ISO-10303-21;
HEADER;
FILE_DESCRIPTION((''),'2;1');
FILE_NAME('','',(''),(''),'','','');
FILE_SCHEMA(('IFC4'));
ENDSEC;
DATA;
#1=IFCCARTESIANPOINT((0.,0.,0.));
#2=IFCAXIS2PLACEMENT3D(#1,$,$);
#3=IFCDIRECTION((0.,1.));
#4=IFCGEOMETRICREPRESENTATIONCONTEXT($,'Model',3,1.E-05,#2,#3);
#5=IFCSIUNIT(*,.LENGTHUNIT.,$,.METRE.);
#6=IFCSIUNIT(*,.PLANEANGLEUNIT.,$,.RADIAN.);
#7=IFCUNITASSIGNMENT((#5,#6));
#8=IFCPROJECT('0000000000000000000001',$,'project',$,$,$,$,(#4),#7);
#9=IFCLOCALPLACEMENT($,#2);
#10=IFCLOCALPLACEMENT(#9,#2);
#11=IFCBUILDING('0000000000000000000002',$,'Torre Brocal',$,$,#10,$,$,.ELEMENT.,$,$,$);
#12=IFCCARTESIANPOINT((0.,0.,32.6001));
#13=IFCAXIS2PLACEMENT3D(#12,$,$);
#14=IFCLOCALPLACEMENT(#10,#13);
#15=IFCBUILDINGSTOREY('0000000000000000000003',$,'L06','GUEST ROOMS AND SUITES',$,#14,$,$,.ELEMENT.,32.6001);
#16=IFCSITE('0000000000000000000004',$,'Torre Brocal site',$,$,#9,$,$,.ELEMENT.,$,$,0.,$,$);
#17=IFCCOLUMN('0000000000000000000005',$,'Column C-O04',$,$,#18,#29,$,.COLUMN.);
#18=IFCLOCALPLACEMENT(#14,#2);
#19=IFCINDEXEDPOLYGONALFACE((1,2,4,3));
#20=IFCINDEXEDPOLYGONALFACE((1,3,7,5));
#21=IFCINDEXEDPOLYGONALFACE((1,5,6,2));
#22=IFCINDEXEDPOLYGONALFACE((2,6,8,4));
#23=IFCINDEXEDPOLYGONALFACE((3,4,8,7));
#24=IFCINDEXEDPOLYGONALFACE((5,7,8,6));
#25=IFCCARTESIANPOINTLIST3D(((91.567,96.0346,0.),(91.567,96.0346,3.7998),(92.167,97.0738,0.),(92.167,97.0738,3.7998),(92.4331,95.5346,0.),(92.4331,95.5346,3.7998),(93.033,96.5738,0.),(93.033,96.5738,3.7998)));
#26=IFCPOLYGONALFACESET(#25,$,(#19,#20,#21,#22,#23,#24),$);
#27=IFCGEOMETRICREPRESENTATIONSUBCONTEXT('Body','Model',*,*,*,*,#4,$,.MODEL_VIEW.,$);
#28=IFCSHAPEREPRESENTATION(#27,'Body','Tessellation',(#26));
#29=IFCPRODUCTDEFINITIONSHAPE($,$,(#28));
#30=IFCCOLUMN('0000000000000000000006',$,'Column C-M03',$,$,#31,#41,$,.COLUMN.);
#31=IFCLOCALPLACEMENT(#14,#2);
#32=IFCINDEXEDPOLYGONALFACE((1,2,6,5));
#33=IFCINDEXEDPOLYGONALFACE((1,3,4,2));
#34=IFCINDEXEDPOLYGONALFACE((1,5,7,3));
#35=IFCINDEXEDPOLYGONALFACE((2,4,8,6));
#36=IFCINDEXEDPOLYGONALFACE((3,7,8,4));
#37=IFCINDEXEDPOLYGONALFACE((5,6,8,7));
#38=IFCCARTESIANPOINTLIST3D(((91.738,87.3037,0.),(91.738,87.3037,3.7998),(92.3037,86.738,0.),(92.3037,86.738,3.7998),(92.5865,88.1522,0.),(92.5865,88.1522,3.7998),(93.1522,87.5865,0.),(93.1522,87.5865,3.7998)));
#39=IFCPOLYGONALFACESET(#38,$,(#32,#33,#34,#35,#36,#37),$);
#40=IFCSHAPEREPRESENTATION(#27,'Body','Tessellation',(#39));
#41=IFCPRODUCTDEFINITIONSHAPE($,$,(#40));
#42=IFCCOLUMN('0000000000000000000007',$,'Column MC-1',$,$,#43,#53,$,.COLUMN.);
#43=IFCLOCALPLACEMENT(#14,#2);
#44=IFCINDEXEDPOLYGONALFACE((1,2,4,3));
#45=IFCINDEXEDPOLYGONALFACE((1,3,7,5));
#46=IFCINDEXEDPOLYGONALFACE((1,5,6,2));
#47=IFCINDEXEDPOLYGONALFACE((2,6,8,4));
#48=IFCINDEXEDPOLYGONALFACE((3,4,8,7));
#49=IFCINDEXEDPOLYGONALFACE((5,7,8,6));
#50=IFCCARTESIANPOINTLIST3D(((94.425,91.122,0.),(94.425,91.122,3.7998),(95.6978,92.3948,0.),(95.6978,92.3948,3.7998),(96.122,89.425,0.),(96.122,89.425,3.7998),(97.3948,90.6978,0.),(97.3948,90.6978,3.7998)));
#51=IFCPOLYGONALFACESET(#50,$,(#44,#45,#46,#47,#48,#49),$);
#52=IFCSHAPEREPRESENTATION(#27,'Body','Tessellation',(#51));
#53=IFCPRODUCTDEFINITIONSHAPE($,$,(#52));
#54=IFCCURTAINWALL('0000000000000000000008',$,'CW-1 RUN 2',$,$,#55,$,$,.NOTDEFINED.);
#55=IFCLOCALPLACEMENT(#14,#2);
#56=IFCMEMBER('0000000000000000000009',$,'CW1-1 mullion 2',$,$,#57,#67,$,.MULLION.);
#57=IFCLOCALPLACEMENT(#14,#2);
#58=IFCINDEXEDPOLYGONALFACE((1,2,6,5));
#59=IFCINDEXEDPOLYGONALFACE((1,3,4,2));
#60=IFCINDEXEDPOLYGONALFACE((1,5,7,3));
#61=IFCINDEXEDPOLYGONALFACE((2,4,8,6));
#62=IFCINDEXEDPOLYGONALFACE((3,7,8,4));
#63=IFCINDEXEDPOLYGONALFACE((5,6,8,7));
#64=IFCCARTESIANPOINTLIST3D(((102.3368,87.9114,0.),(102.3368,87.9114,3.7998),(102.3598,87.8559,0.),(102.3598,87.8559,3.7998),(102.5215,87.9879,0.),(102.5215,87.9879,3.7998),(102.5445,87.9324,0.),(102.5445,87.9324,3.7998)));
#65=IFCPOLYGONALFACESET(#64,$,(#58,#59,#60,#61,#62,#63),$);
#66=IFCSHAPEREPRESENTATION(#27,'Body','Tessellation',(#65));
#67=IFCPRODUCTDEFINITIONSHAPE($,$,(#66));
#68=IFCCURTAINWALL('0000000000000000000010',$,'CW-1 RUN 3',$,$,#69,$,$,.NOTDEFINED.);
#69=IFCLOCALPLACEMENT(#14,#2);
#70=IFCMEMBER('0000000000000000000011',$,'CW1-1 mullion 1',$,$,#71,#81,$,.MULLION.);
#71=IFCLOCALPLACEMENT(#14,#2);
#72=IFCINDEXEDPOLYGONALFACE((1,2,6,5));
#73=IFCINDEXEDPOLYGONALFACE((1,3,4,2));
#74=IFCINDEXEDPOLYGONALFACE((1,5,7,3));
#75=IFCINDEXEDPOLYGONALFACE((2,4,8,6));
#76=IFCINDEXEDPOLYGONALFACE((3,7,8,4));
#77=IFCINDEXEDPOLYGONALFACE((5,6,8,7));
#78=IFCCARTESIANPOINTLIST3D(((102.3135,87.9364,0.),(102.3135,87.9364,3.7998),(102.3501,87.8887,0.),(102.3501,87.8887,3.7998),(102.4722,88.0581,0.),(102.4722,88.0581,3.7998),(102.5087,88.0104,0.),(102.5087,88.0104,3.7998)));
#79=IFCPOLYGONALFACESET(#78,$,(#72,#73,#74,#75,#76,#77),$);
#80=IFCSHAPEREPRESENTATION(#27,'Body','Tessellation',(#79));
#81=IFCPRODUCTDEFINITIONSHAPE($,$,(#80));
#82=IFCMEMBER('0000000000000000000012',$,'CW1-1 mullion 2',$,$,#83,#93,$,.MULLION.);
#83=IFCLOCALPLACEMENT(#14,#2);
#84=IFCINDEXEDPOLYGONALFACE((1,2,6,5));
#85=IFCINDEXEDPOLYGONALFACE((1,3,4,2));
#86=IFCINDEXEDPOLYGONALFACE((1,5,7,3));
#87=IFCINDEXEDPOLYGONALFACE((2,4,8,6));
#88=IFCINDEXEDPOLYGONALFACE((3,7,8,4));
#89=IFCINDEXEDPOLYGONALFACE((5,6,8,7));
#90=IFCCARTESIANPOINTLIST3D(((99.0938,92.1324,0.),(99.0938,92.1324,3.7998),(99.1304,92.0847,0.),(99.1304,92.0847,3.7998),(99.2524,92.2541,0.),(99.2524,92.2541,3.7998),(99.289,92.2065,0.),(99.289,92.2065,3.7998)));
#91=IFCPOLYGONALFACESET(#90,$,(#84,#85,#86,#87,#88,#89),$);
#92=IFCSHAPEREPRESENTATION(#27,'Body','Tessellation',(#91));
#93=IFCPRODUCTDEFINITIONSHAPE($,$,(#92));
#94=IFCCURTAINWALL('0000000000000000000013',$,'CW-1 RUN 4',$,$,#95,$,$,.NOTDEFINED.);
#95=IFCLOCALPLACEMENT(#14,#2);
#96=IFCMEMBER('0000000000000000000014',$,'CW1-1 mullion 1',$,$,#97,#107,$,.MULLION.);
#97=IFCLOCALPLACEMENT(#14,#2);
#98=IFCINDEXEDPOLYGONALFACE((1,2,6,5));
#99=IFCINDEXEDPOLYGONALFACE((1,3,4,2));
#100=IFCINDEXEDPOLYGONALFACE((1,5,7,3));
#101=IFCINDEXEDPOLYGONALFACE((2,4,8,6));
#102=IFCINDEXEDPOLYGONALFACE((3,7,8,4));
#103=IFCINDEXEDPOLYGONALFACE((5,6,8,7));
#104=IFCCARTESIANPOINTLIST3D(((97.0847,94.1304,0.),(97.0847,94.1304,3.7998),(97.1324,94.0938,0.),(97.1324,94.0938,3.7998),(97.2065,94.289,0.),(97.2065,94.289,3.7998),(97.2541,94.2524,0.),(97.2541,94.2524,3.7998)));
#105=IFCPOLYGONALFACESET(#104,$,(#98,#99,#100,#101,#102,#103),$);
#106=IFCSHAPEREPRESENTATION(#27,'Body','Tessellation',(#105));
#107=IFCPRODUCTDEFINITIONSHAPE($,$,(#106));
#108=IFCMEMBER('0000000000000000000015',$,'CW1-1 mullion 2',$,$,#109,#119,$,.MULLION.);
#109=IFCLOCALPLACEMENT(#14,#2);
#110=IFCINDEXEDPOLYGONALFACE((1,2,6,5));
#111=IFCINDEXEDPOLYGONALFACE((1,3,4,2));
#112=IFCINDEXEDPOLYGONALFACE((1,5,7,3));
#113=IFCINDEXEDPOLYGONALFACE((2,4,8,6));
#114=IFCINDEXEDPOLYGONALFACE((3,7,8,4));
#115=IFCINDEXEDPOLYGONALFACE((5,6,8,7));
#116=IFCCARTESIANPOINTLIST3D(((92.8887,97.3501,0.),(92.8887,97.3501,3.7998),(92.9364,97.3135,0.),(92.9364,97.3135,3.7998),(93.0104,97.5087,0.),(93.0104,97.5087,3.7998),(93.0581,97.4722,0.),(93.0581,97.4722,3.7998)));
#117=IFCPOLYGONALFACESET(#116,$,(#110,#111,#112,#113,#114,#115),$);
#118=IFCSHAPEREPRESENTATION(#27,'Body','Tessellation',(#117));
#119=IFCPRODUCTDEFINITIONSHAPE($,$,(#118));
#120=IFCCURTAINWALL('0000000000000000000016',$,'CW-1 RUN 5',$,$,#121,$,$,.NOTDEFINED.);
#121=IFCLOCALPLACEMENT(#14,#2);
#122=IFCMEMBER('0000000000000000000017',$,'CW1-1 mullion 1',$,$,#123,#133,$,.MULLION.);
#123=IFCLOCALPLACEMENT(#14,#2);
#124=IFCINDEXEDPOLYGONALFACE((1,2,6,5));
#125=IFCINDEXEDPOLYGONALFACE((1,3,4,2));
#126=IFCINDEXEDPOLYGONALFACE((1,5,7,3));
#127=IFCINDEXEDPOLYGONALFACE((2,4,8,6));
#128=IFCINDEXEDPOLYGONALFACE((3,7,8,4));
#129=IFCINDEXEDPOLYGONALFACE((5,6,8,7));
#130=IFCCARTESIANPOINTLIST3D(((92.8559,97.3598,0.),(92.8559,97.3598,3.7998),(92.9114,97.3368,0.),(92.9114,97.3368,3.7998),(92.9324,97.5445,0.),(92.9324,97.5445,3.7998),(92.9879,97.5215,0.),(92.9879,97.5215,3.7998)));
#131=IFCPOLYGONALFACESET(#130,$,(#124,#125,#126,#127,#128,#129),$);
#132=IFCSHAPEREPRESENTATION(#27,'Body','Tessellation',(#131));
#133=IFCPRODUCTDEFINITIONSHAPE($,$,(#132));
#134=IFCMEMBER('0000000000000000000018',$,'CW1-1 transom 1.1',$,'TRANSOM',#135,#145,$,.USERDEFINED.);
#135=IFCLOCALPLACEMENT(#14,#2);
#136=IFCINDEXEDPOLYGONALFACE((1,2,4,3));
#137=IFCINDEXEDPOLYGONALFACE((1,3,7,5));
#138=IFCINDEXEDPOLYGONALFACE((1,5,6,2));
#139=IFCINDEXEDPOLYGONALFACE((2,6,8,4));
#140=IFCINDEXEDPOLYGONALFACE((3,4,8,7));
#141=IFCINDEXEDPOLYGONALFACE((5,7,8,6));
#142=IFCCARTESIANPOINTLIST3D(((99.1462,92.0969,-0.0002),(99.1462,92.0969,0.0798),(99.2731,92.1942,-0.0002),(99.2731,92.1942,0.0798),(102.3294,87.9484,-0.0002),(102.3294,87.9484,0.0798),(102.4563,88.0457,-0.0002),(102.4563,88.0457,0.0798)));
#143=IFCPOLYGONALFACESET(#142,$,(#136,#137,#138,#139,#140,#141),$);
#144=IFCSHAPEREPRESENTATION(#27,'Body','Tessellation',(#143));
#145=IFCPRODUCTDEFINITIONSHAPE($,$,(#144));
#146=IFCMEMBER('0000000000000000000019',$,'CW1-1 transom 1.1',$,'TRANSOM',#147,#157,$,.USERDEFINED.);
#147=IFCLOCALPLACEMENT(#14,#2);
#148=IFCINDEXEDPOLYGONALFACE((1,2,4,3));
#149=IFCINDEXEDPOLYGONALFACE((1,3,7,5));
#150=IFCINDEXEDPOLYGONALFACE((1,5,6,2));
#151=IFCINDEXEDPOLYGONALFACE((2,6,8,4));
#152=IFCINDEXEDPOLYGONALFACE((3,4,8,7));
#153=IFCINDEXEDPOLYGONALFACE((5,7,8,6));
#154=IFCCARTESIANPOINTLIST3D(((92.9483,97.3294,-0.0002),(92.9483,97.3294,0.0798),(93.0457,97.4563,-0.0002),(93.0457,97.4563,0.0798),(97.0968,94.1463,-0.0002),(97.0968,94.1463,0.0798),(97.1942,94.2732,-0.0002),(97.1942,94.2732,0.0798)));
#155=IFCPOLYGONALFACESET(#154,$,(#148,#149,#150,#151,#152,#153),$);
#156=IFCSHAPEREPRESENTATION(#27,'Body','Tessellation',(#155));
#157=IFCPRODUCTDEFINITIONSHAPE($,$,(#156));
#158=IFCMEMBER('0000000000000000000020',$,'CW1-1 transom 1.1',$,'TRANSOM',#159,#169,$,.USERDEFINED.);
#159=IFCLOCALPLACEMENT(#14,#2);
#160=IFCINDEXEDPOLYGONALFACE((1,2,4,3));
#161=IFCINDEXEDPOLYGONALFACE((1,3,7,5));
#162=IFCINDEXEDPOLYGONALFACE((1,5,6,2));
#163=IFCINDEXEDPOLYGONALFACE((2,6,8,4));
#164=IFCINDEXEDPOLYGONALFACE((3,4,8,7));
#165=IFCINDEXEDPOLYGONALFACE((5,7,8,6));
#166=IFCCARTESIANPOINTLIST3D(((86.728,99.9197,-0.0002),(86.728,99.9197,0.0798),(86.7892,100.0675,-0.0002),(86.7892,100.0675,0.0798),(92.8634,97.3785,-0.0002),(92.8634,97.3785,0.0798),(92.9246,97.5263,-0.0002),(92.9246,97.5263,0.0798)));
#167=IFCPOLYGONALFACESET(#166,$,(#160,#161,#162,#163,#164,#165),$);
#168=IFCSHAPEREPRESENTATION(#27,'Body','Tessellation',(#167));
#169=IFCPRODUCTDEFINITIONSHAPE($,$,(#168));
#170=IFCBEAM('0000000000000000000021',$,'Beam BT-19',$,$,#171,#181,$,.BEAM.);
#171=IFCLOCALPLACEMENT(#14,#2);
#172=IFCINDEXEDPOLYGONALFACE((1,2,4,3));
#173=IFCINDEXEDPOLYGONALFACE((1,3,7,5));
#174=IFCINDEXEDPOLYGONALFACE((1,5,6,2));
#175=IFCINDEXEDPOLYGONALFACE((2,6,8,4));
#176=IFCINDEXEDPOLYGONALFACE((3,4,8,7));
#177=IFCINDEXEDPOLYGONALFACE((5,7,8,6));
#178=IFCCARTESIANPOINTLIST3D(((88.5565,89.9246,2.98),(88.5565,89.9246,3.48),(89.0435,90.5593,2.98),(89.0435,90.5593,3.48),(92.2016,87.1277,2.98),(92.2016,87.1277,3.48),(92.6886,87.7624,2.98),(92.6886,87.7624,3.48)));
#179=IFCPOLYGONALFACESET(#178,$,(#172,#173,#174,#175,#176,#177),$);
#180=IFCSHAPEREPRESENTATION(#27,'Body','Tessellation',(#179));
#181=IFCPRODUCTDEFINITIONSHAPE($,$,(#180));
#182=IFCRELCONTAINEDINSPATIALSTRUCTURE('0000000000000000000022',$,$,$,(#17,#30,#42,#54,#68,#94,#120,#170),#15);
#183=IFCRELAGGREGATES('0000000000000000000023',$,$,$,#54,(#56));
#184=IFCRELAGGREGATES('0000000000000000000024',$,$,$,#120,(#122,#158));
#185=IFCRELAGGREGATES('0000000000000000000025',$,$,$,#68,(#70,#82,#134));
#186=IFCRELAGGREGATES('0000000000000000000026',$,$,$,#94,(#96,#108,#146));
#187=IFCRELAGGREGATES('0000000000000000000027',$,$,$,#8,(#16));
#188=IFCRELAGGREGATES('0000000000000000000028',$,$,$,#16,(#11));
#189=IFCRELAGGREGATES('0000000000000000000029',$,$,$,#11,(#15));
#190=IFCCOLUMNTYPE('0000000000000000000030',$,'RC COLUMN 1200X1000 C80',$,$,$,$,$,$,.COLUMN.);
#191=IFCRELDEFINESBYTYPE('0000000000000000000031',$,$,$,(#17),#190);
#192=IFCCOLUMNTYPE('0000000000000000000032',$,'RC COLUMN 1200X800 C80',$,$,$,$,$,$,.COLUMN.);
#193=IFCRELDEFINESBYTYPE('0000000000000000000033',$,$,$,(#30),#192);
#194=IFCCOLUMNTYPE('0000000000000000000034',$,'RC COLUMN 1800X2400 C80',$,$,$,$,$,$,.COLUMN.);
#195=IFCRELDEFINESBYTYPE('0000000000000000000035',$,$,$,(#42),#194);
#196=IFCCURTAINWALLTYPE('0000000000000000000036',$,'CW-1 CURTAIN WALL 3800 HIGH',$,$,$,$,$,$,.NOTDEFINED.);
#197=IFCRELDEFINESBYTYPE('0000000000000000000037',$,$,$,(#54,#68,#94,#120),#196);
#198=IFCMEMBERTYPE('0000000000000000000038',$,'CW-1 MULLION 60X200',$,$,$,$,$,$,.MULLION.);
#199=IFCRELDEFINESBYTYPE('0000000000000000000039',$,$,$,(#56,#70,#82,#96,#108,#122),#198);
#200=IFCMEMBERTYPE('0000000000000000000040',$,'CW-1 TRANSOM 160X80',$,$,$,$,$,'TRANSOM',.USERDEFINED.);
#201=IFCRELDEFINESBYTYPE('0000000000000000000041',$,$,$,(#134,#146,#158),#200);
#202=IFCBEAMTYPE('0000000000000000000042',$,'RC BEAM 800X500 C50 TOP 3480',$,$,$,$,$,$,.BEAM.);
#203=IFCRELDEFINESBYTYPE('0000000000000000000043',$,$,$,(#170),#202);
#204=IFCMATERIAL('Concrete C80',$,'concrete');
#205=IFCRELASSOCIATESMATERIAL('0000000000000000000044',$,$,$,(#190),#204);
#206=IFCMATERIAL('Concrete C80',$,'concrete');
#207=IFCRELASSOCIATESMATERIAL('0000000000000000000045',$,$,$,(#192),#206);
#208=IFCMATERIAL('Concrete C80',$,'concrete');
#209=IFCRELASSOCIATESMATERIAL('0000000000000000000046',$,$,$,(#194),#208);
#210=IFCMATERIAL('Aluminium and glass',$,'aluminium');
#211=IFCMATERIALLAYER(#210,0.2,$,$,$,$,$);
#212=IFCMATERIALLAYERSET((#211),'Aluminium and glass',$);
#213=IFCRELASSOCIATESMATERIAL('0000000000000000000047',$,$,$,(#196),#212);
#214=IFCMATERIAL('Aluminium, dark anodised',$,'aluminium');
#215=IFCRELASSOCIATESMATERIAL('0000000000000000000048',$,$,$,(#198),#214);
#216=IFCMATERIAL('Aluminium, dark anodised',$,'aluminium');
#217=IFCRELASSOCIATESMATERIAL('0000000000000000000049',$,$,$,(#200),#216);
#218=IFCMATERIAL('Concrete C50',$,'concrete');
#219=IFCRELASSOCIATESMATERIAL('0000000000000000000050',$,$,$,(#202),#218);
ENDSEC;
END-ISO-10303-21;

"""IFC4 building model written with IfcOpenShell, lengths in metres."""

from ifc_helpers import new_model, si_unit, direction, frame, origin, origin_2d, place, context, subcontext, project, spatial, rectangle, extrude, material, layer, layer_set, material_profile, profile_set, type_object, element, aggregate, save


model = new_model("IFC4")

# Units and contexts
model_context = context("Model", 3, precision=1e-05, world=origin(), true_north=direction((0.0, 1.0)))
body_context = subcontext(model_context, "Body", "Model", "MODEL_VIEW")
ifc_project = project(units=[si_unit("LENGTHUNIT", "METRE"), si_unit("PLANEANGLEUNIT", "RADIAN")], contexts=[model_context])

# Site, building, storey
site_placement = place(None, origin())
site = spatial("IfcSite", under=ifc_project, at=site_placement, Name="Torre Brocal site", CompositionType="ELEMENT", RefElevation=0.0)
building_placement = place(site_placement, origin())
building = spatial("IfcBuilding", under=site, at=building_placement, Name="Torre Brocal", CompositionType="ELEMENT")
storey_placement = place(building_placement, frame((0.0, 0.0, 32.6001)))
storey = spatial("IfcBuildingStorey", under=building, at=storey_placement, Name="L06", Description="GUEST ROOMS AND SUITES", CompositionType="ELEMENT", Elevation=32.6001)

# Columns
ifc_material_1 = material(Name="Concrete C80", Category="concrete")
ifc_material_profile_1 = material_profile(ifc_material_1, rectangle(XDim=1.2, YDim=1.0, at=origin_2d()), Name="RC 1200X1000")
ifc_profile_set_1 = profile_set([ifc_material_profile_1], Name="Concrete C80")
column_type_1 = type_object("IfcColumnType", Name="RC COLUMN 1200X1000 C80", PredefinedType="COLUMN", material=ifc_profile_set_1)
column_1_placement = place(storey_placement, frame((92.3, 96.3042, 0.0), z_axis=(0.0, 0.0, 1.0), x_axis=(0.5, 0.866025, 0.0)))
element("IfcColumn", 1, at=column_1_placement, inside=storey, type_object=column_type_1, Name="Column C-O04", PredefinedType="COLUMN", context=body_context, shape_type="SweptSolid", body=[
    extrude(rectangle(XDim=1.2, YDim=1.0, at=origin_2d()), origin(), (0.0, 0.0, 1.0), 3.7998),
])
ifc_material_2 = material(Name="Concrete C80", Category="concrete")
ifc_material_profile_2 = material_profile(ifc_material_2, rectangle(XDim=1.2, YDim=0.8, at=origin_2d()), Name="RC 1200X800")
ifc_profile_set_2 = profile_set([ifc_material_profile_2], Name="Concrete C80")
column_type_2 = type_object("IfcColumnType", Name="RC COLUMN 1200X800 C80", PredefinedType="COLUMN", material=ifc_profile_set_2)
column_2_placement = place(storey_placement, frame((92.4451, 87.4451, 0.0), z_axis=(0.0, 0.0, 1.0), x_axis=(0.707107, 0.707107, 0.0)))
element("IfcColumn", 2, at=column_2_placement, inside=storey, type_object=column_type_2, Name="Column C-M03", PredefinedType="COLUMN", context=body_context, shape_type="SweptSolid", body=[
    extrude(rectangle(XDim=1.2, YDim=0.8, at=origin_2d()), origin(), (0.0, 0.0, 1.0), 3.7998),
])
ifc_material_3 = material(Name="Concrete C80", Category="concrete")
ifc_material_profile_3 = material_profile(ifc_material_3, rectangle(XDim=1.8, YDim=2.3999, at=origin_2d()), Name="RC 1800X2400")
ifc_profile_set_3 = profile_set([ifc_material_profile_3], Name="Concrete C80")
column_type_3 = type_object("IfcColumnType", Name="RC COLUMN 1800X2400 C80", PredefinedType="COLUMN", material=ifc_profile_set_3)
column_3_placement = place(storey_placement, frame((95.9099, 90.9099, 0.0), z_axis=(0.0, 0.0, 1.0), x_axis=(0.707107, 0.707107, 0.0)))
element("IfcColumn", 3, at=column_3_placement, inside=storey, type_object=column_type_3, Name="Column MC-1", PredefinedType="COLUMN", context=body_context, shape_type="SweptSolid", body=[
    extrude(rectangle(XDim=1.8, YDim=2.3999, at=origin_2d()), origin(), (0.0, 0.0, 1.0), 3.7998),
])

# Curtain wall, member
ifc_material_4 = material(Name="Aluminium and glass", Category="aluminium")
ifc_layer_1 = layer(ifc_material_4, 0.2)
ifc_layer_set_1 = layer_set([ifc_layer_1], Name="Aluminium and glass")
curtain_wall_type = type_object("IfcCurtainWallType", Name="CW-1 CURTAIN WALL 3800 HIGH", PredefinedType="NOTDEFINED", material=ifc_layer_set_1)
curtain_wall_1_placement = place(storey_placement, origin())
curtain_wall_1 = element("IfcCurtainWall", 4, at=curtain_wall_1_placement, inside=storey, type_object=curtain_wall_type, Name="CW-1 RUN 2", PredefinedType="NOTDEFINED")
ifc_material_5 = material(Name="Aluminium, dark anodised", Category="aluminium")
ifc_material_profile_4 = material_profile(ifc_material_5, rectangle(XDim=0.2, YDim=0.0601, at=origin_2d()), Name="CW-1 MULLION 60X200")
ifc_profile_set_4 = profile_set([ifc_material_profile_4], Name="Aluminium, dark anodised")
member_type_1 = type_object("IfcMemberType", Name="CW-1 MULLION 60X200", PredefinedType="MULLION", material=ifc_profile_set_4)
member_1_placement = place(storey_placement, frame((102.4407, 87.9219, 0.0), z_axis=(0.0, 0.0, 1.0), x_axis=(-0.92388, -0.382683, 0.0)))
member_1 = element("IfcMember", 5, at=member_1_placement, type_object=member_type_1, Name="CW1-1 mullion 2", PredefinedType="MULLION", context=body_context, shape_type="SweptSolid", body=[
    extrude(rectangle(XDim=0.2, YDim=0.0601, at=origin_2d()), origin(), (0.0, 0.0, 1.0), 3.7998),
])
aggregate(curtain_wall_1, [member_1])

# Curtain walls, members
curtain_wall_2_placement = place(storey_placement, origin())
curtain_wall_2 = element("IfcCurtainWall", 6, at=curtain_wall_2_placement, inside=storey, type_object=curtain_wall_type, Name="CW-1 RUN 3", PredefinedType="NOTDEFINED")
member_2_placement = place(storey_placement, frame((102.4111, 87.9734, 0.0), z_axis=(0.0, 0.0, 1.0), x_axis=(-0.793353, -0.608761, 0.0)))
member_2 = element("IfcMember", 7, at=member_2_placement, type_object=member_type_1, Name="CW1-1 mullion 1", PredefinedType="MULLION", context=body_context, shape_type="SweptSolid", body=[
    extrude(rectangle(XDim=0.2, YDim=0.0601, at=origin_2d()), origin(), (0.0, 0.0, 1.0), 3.7998),
])
member_3_placement = place(storey_placement, frame((99.1914, 92.1694, 0.0), z_axis=(0.0, 0.0, 1.0), x_axis=(-0.793353, -0.608761, 0.0)))
member_3 = element("IfcMember", 8, at=member_3_placement, type_object=member_type_1, Name="CW1-1 mullion 2", PredefinedType="MULLION", context=body_context, shape_type="SweptSolid", body=[
    extrude(rectangle(XDim=0.2, YDim=0.0601, at=origin_2d()), origin(), (0.0, 0.0, 1.0), 3.7998),
])
curtain_wall_3_placement = place(storey_placement, origin())
curtain_wall_3 = element("IfcCurtainWall", 9, at=curtain_wall_3_placement, inside=storey, type_object=curtain_wall_type, Name="CW-1 RUN 4", PredefinedType="NOTDEFINED")
member_4_placement = place(storey_placement, frame((97.1694, 94.1914, 0.0), z_axis=(0.0, 0.0, 1.0), x_axis=(-0.608761, -0.793353, 0.0)))
member_4 = element("IfcMember", 10, at=member_4_placement, type_object=member_type_1, Name="CW1-1 mullion 1", PredefinedType="MULLION", context=body_context, shape_type="SweptSolid", body=[
    extrude(rectangle(XDim=0.2, YDim=0.0601, at=origin_2d()), origin(), (0.0, 0.0, 1.0), 3.7998),
])
member_5_placement = place(storey_placement, frame((92.9734, 97.4111, 0.0), z_axis=(0.0, 0.0, 1.0), x_axis=(-0.608761, -0.793353, 0.0)))
member_5 = element("IfcMember", 11, at=member_5_placement, type_object=member_type_1, Name="CW1-1 mullion 2", PredefinedType="MULLION", context=body_context, shape_type="SweptSolid", body=[
    extrude(rectangle(XDim=0.2, YDim=0.0601, at=origin_2d()), origin(), (0.0, 0.0, 1.0), 3.7998),
])

# Curtain wall, member
curtain_wall_4_placement = place(storey_placement, origin())
curtain_wall_4 = element("IfcCurtainWall", 12, at=curtain_wall_4_placement, inside=storey, type_object=curtain_wall_type, Name="CW-1 RUN 5", PredefinedType="NOTDEFINED")
member_6_placement = place(storey_placement, frame((92.9219, 97.4407, 0.0), z_axis=(0.0, 0.0, 1.0), x_axis=(-0.382683, -0.92388, 0.0)))
member_6 = element("IfcMember", 13, at=member_6_placement, type_object=member_type_1, Name="CW1-1 mullion 1", PredefinedType="MULLION", context=body_context, shape_type="SweptSolid", body=[
    extrude(rectangle(XDim=0.2, YDim=0.0601, at=origin_2d()), origin(), (0.0, 0.0, 1.0), 3.7998),
])

# Members
ifc_material_6 = material(Name="Aluminium, dark anodised", Category="aluminium")
ifc_material_profile_5 = material_profile(ifc_material_6, rectangle(XDim=0.1599, YDim=0.0801, at=origin_2d()), Name="CW-1 TRANSOM 160X80")
ifc_profile_set_5 = profile_set([ifc_material_profile_5], Name="Aluminium, dark anodised")
member_type_2 = type_object("IfcMemberType", Name="CW-1 TRANSOM 160X80", ElementType="TRANSOM", PredefinedType="USERDEFINED", material=ifc_profile_set_5)
member_7_placement = place(storey_placement, frame((102.3928, 87.9971, 0.0398), z_axis=(-0.608749, 0.793363, 0.0), x_axis=(-0.793363, -0.608749, 0.0)))
member_7 = element("IfcMember", 14, at=member_7_placement, type_object=member_type_2, Name="CW1-1 transom 1.1", ObjectType="TRANSOM", PredefinedType="USERDEFINED", context=body_context, shape_type="SweptSolid", body=[
    extrude(rectangle(XDim=0.1599, YDim=0.0801, at=origin_2d()), origin(), (0.0, 0.0, 1.0), 5.229),
])
member_8_placement = place(storey_placement, frame((97.1455, 94.2097, 0.0398), z_axis=(-0.793363, 0.608749, 0.0), x_axis=(-0.608749, -0.793363, 0.0)))
member_8 = element("IfcMember", 15, at=member_8_placement, type_object=member_type_2, Name="CW1-1 transom 1.1", ObjectType="TRANSOM", PredefinedType="USERDEFINED", context=body_context, shape_type="SweptSolid", body=[
    extrude(rectangle(XDim=0.1599, YDim=0.0801, at=origin_2d()), origin(), (0.0, 0.0, 1.0), 5.229),
])
member_9_placement = place(storey_placement, frame((92.894, 97.4524, 0.0398), z_axis=(-0.923887, 0.382665, 0.0), x_axis=(-0.382665, -0.923887, 0.0)))
member_9 = element("IfcMember", 16, at=member_9_placement, type_object=member_type_2, Name="CW1-1 transom 1.1", ObjectType="TRANSOM", PredefinedType="USERDEFINED", context=body_context, shape_type="SweptSolid", body=[
    extrude(rectangle(XDim=0.1599, YDim=0.0801, at=origin_2d()), origin(), (0.0, 0.0, 1.0), 6.6409),
])
aggregate(curtain_wall_4, [member_6, member_9])

# Beam
ifc_material_7 = material(Name="Concrete C50", Category="concrete")
ifc_material_profile_6 = material_profile(ifc_material_7, rectangle(XDim=0.8, YDim=0.5, at=origin_2d()), Name="RC 800X500")
ifc_profile_set_6 = profile_set([ifc_material_profile_6], Name="Concrete C50")
beam_type_1 = type_object("IfcBeamType", Name="RC BEAM 800X500 C50 TOP 3480", PredefinedType="BEAM", material=ifc_profile_set_6)
beam_1_placement = place(storey_placement, frame((92.4451, 87.4451, 3.23), z_axis=(-0.793358, 0.608755, 0.0), x_axis=(-0.608755, -0.793358, 0.0)))
element("IfcBeam", 17, at=beam_1_placement, inside=storey, type_object=beam_type_1, Name="Beam BT-19", PredefinedType="BEAM", context=body_context, shape_type="SweptSolid", body=[
    extrude(rectangle(XDim=0.8, YDim=0.5, at=origin_2d()), origin(), (0.0, 0.0, 1.0), 4.5945),
])

aggregate(curtain_wall_2, [member_2, member_3, member_7])
aggregate(curtain_wall_3, [member_4, member_5, member_8])

save(model, "model.ifc")
